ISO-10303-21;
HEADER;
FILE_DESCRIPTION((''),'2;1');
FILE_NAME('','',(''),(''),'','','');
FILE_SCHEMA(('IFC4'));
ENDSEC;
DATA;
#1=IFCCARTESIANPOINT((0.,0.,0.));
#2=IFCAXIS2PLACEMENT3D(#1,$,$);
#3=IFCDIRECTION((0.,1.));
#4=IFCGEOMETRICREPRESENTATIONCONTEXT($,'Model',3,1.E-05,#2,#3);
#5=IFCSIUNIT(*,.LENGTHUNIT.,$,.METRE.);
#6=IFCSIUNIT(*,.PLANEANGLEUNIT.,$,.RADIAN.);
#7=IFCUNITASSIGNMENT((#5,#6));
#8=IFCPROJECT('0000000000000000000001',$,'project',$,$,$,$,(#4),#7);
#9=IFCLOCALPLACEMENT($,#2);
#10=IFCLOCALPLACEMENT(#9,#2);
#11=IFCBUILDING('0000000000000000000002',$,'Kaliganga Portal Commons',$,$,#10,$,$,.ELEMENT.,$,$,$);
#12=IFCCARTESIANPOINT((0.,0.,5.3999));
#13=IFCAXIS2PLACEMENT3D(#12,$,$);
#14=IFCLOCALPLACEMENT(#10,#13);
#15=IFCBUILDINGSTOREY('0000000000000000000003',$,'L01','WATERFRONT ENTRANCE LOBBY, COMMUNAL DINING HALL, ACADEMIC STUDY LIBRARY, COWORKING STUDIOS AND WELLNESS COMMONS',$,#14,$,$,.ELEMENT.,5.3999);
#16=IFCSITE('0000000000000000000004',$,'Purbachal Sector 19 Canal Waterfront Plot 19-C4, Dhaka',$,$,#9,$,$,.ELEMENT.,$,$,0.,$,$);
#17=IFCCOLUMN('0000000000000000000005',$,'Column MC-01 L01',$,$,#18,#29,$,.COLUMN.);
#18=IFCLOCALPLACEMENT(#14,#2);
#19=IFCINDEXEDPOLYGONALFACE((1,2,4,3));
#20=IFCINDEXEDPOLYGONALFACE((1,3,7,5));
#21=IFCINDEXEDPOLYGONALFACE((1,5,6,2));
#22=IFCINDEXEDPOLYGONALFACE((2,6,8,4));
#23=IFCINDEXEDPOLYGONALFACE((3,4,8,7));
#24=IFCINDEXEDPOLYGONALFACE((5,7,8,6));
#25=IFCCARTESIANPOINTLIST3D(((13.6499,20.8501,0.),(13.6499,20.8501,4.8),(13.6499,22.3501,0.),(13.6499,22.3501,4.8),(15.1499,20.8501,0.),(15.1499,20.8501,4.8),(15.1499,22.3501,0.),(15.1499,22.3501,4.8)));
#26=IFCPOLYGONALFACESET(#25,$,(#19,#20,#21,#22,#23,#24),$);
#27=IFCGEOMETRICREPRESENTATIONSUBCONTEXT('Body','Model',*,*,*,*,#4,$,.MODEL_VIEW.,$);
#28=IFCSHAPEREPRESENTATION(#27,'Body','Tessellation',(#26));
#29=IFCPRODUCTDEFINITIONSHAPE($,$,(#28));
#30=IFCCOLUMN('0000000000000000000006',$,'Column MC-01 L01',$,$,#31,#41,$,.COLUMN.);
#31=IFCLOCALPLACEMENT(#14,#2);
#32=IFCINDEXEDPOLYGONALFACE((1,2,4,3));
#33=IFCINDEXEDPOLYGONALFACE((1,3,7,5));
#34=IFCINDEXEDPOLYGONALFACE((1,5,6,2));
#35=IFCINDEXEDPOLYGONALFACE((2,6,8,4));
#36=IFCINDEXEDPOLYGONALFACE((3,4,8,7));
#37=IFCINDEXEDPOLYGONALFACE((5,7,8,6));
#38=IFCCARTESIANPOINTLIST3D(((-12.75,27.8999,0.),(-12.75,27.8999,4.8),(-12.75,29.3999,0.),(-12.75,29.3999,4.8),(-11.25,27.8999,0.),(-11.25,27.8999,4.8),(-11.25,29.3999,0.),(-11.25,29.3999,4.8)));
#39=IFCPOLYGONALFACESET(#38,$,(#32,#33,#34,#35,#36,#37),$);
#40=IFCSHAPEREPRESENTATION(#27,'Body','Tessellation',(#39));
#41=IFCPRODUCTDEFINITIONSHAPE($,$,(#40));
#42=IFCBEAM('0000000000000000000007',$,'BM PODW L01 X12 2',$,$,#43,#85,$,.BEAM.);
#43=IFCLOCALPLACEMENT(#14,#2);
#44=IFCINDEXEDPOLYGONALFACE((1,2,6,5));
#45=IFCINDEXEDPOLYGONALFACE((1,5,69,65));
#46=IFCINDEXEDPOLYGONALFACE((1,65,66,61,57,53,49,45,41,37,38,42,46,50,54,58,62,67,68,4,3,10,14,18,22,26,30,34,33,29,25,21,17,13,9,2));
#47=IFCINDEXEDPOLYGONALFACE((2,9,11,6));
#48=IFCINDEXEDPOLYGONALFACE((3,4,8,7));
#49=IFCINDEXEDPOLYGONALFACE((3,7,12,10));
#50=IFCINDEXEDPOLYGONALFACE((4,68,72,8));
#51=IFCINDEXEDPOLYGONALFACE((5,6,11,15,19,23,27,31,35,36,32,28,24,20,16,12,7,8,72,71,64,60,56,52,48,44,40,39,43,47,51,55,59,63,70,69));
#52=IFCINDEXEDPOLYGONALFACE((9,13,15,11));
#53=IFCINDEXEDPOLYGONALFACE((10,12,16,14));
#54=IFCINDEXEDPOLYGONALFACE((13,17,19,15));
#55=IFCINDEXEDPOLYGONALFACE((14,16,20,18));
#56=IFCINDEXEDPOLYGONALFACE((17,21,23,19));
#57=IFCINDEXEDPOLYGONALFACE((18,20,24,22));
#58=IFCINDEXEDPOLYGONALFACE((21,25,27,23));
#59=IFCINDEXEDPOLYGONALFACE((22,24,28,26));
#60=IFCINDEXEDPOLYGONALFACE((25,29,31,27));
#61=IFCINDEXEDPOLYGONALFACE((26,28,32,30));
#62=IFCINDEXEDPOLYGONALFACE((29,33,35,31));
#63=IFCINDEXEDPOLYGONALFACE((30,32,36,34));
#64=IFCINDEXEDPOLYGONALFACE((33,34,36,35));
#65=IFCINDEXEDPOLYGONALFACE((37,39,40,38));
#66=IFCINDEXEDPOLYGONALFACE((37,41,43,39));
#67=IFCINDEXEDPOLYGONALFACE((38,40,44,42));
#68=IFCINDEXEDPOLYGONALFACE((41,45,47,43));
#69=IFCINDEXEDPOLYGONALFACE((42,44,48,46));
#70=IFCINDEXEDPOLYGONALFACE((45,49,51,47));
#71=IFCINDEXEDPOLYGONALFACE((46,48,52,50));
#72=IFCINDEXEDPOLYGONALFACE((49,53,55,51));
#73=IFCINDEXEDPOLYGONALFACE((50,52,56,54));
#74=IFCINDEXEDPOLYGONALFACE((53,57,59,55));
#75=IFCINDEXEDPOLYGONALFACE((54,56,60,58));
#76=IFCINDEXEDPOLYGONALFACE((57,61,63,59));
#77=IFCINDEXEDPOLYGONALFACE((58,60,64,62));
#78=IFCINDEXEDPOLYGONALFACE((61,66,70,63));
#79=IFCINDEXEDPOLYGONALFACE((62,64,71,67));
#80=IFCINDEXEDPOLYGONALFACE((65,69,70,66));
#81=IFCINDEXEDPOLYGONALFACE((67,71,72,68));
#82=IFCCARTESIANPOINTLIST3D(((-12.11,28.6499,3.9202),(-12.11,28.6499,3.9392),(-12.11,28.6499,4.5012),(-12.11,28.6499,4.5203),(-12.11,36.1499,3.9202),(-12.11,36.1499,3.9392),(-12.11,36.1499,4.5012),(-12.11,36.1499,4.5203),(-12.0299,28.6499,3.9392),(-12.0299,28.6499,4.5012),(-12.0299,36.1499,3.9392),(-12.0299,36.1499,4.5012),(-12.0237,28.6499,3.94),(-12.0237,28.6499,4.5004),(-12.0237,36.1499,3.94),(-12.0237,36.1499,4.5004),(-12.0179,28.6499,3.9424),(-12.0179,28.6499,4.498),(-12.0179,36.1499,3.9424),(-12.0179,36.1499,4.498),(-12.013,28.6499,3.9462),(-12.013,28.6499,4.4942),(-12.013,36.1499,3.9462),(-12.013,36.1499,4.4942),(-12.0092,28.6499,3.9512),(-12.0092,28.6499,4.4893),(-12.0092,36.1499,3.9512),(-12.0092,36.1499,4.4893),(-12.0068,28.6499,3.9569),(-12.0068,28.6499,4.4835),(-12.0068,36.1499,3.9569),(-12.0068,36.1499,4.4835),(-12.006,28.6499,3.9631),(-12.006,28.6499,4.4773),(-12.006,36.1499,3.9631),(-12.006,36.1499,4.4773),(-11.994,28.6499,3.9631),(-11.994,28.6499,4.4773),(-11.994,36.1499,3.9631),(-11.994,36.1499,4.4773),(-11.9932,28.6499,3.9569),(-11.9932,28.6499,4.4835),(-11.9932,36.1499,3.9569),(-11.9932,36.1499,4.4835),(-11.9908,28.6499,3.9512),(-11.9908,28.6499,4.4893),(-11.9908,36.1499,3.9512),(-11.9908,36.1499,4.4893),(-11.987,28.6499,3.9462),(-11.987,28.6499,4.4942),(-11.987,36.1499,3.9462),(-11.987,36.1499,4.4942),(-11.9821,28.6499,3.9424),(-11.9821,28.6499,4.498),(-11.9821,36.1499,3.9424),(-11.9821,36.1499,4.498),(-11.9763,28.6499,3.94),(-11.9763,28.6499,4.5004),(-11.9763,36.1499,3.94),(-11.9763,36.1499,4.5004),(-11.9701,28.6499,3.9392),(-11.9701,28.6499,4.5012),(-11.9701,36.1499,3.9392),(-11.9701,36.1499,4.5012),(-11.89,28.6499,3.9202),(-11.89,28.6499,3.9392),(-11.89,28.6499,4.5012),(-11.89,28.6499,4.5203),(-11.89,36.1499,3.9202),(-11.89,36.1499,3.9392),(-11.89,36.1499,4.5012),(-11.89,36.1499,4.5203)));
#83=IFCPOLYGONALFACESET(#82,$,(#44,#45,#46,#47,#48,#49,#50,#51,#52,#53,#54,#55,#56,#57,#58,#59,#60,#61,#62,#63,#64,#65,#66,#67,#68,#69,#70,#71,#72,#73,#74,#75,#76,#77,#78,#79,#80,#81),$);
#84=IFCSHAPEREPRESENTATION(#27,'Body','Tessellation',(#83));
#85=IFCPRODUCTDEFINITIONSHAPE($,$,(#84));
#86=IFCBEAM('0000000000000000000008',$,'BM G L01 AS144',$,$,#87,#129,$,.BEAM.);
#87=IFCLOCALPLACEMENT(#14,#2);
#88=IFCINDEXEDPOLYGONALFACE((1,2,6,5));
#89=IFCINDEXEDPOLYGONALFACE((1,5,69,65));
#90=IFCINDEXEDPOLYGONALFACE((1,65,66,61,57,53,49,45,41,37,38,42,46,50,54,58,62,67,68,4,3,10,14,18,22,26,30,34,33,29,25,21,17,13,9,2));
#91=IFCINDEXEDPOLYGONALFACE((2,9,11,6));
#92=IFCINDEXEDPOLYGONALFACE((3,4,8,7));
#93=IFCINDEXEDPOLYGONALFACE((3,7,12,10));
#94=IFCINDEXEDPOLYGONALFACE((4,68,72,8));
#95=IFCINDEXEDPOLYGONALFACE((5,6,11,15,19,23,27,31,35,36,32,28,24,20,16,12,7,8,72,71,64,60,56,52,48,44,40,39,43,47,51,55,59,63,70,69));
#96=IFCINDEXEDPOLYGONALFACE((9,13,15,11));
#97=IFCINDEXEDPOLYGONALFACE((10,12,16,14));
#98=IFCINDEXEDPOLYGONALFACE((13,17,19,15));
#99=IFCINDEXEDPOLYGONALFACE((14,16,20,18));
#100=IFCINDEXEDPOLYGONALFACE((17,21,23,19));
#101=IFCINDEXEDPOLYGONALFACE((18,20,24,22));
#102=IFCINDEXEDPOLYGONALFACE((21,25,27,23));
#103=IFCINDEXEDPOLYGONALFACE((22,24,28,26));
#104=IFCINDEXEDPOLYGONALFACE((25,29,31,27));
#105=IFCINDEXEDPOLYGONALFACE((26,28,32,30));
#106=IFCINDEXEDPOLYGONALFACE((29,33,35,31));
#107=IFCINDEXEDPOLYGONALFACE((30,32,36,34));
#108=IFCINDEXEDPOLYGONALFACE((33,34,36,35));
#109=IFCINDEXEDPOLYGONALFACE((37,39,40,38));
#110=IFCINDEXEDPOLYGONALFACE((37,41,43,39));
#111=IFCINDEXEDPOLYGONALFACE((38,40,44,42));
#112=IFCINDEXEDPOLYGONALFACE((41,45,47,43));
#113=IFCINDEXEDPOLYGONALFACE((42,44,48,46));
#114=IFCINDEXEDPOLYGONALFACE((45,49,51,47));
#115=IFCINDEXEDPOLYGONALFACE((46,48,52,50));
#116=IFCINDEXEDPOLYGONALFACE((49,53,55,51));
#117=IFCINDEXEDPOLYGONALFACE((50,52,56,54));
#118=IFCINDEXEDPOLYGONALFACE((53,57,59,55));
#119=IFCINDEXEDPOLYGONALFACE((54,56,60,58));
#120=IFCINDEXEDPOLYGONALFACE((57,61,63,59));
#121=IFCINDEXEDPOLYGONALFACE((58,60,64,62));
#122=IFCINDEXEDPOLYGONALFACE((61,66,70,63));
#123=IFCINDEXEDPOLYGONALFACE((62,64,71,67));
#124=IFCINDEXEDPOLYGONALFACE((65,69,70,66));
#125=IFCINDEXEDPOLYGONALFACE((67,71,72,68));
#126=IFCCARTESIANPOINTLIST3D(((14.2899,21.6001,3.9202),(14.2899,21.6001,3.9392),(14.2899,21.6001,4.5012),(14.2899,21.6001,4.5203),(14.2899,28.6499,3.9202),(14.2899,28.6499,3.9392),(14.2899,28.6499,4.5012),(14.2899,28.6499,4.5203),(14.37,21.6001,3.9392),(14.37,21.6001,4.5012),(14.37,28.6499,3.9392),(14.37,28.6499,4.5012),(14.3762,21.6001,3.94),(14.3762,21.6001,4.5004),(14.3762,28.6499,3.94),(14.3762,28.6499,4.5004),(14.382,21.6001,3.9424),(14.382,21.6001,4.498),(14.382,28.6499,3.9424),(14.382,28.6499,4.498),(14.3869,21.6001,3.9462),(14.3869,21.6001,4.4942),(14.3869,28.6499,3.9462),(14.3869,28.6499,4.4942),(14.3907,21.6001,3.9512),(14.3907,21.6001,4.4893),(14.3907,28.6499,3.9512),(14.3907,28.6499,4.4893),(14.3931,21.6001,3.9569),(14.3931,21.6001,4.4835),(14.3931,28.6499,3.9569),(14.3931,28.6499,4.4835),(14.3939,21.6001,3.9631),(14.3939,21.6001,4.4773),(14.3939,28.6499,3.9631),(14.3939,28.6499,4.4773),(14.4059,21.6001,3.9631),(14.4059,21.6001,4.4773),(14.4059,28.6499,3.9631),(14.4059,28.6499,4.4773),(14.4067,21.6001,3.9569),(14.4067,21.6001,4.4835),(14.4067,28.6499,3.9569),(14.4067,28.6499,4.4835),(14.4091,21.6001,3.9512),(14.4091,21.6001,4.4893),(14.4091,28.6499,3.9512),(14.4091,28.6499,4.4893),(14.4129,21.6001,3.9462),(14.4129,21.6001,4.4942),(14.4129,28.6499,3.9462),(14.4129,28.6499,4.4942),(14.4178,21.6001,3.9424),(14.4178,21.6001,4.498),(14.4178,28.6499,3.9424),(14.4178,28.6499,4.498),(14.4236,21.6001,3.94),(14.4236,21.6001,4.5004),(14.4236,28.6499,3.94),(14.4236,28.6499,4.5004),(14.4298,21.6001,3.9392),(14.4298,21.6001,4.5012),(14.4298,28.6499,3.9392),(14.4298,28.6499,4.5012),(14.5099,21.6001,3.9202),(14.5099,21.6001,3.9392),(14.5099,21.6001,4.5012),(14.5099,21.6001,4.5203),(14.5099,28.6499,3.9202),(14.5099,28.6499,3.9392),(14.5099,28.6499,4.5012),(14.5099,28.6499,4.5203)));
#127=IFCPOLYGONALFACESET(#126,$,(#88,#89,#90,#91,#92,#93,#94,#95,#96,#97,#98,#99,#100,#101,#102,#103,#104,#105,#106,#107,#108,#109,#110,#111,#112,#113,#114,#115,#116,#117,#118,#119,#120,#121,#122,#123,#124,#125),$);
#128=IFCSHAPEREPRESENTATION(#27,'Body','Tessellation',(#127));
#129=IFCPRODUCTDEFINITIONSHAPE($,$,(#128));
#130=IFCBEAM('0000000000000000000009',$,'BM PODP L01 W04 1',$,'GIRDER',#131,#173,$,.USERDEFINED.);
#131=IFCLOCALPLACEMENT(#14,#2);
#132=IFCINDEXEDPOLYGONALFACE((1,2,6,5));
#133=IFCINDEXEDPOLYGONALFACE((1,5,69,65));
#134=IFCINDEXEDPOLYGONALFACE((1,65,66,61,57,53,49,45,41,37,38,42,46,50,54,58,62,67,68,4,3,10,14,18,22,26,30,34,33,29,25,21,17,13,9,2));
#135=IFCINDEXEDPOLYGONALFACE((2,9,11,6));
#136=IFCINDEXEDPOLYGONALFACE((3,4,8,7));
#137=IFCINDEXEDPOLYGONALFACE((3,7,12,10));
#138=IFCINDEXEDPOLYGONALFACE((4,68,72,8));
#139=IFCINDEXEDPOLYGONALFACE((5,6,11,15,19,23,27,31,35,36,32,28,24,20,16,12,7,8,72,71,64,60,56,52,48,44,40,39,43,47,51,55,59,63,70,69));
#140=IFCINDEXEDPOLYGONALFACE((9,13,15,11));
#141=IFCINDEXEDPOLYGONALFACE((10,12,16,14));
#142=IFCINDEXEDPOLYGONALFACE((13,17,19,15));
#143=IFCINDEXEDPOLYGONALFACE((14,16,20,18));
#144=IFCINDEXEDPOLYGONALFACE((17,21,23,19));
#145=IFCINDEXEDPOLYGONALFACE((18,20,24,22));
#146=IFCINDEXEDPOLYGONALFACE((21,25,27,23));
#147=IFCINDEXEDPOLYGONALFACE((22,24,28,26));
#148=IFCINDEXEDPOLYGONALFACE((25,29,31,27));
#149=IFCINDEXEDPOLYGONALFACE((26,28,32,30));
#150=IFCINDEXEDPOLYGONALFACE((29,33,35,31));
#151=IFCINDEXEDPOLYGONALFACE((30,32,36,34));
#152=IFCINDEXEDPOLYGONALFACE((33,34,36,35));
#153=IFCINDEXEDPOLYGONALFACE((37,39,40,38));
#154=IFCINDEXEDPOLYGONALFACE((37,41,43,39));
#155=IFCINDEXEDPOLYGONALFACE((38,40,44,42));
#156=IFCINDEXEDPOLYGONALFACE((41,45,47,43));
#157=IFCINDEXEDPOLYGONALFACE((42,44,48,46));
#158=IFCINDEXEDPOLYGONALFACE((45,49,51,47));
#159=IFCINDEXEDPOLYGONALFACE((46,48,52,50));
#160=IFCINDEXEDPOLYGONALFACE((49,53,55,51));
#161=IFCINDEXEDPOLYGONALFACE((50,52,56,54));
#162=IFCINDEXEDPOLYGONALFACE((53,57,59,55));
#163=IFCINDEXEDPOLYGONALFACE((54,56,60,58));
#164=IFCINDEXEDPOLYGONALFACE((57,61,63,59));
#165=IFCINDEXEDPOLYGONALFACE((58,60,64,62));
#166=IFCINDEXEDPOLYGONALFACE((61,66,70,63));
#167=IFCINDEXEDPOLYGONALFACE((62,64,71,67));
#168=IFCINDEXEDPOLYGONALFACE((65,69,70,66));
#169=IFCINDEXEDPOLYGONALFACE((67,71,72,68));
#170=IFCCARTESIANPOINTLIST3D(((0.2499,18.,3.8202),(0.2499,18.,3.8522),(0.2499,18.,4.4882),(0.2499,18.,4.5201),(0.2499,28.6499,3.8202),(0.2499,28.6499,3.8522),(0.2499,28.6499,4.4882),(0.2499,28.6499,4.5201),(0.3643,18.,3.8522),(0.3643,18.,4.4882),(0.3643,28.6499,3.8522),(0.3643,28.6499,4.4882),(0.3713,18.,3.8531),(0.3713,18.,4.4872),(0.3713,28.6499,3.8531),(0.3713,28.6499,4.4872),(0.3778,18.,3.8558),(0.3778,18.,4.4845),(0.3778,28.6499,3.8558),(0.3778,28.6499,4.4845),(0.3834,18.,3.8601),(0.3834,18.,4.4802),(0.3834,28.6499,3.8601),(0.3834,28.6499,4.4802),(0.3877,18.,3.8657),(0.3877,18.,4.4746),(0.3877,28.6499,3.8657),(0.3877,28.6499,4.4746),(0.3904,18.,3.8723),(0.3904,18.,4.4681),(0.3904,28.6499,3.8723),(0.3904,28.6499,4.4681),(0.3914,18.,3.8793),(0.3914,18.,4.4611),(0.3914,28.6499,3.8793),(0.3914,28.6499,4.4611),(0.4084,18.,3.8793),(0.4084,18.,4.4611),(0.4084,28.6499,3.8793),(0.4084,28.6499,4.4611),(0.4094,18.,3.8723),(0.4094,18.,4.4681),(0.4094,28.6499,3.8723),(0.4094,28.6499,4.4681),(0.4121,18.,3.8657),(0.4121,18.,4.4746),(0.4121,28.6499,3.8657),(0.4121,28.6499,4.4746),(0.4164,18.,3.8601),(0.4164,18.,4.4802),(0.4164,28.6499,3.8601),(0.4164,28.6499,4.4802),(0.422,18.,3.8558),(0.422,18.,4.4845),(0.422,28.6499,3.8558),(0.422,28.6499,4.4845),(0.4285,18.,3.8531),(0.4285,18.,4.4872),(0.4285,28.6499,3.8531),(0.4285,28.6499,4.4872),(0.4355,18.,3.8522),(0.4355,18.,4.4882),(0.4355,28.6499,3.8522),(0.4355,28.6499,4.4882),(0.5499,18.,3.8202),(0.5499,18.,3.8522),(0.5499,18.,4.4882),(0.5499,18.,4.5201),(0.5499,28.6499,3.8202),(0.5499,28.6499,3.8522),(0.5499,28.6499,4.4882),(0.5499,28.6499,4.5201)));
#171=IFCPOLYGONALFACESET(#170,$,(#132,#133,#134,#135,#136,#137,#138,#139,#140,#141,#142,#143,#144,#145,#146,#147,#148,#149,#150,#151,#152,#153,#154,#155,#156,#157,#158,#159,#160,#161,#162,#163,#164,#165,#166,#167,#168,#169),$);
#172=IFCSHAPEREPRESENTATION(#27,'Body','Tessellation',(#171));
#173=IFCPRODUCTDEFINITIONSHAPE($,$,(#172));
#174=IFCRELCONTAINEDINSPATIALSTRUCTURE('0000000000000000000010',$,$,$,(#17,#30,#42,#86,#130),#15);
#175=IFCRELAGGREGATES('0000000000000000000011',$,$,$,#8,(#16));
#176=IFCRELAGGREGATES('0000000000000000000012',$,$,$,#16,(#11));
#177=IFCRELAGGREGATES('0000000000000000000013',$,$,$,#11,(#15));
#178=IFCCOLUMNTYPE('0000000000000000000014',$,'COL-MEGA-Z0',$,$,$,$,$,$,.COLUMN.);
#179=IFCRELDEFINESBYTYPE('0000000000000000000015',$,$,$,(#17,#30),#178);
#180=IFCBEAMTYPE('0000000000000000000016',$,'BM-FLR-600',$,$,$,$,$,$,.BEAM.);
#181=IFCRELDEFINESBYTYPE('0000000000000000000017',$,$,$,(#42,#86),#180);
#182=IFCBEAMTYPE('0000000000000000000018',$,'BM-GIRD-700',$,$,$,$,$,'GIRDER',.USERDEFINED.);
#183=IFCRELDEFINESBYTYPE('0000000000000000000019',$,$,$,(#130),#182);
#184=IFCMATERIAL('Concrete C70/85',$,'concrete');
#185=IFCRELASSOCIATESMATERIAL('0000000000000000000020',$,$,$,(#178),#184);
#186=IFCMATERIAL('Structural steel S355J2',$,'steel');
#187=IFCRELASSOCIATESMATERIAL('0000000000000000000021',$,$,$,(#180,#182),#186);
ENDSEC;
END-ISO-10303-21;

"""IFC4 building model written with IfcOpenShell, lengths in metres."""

from ifc_helpers import new_model, si_unit, direction, frame, origin, origin_2d, place, context, subcontext, project, spatial, rectangle, i_section, extrude, source, transform, mapped, material, material_profile, profile_set, type_object, element, save


model = new_model("IFC4")

# Units and contexts
model_context = context("Model", 3, precision=1e-05, world=origin(), true_north=direction((0.0, 1.0)))
body_context = subcontext(model_context, "Body", "Model", "MODEL_VIEW")
ifc_project = project(units=[si_unit("LENGTHUNIT", "METRE"), si_unit("PLANEANGLEUNIT", "RADIAN")], contexts=[model_context])

# Site, building, storey
site_placement = place(None, origin())
site = spatial("IfcSite", under=ifc_project, at=site_placement, Name="Purbachal Sector 19 Canal Waterfront Plot 19-C4, Dhaka", CompositionType="ELEMENT", RefElevation=0.0)
building_placement = place(site_placement, origin())
building = spatial("IfcBuilding", under=site, at=building_placement, Name="Kaliganga Portal Commons", CompositionType="ELEMENT")
storey_placement = place(building_placement, frame((0.0, 0.0, 5.3999)))
storey = spatial("IfcBuildingStorey", under=building, at=storey_placement, Name="L01", Description="WATERFRONT ENTRANCE LOBBY, COMMUNAL DINING HALL, ACADEMIC STUDY LIBRARY, COWORKING STUDIOS AND WELLNESS COMMONS", CompositionType="ELEMENT", Elevation=5.3999)

# Columns
ifc_material_1 = material(Name="Concrete C70/85", Category="concrete")
ifc_material_profile_1 = material_profile(ifc_material_1, rectangle(XDim=1.5, YDim=1.5, at=origin_2d()), Name="RC 1500x1500")
ifc_profile_set_1 = profile_set([ifc_material_profile_1], Name="Concrete C70/85")
column_type = type_object("IfcColumnType", Name="COL-MEGA-Z0", PredefinedType="COLUMN", material=ifc_profile_set_1)
shared_shape_1 = source(origin(), body_context, "Body", "SweptSolid", [
    extrude(rectangle(XDim=1.5, YDim=1.5, at=origin_2d()), origin(), (0.0, 0.0, 1.0), 4.8),
])
for number, where, z_axis, x_axis, name in (
    (1, (14.3999, 21.6001, 0.0), (0.0, 0.0, 1.0), (1.0, 0.0, 0.0), "Column MC-01 L01"),
    (2, (-12.0, 28.6499, 0.0), (0.0, 0.0, 1.0), (1.0, 0.0, 0.0), "Column MC-01 L01"),
):
    element("IfcColumn", number, at=place(storey_placement, frame(where, z_axis=z_axis, x_axis=x_axis)), inside=storey, type_object=column_type, Name=name, PredefinedType="COLUMN", context=body_context, shape_type="MappedRepresentation", body=[
        mapped(shared_shape_1, transform((0.0, 0.0, 0.0), x_axis=(1.0, 0.0, 0.0), y_axis=(0.0, 1.0, 0.0), z_axis=(0.0, 0.0, 1.0), scale=1.0)),
    ])

# Beams
ifc_material_2 = material(Name="Structural steel S355J2", Category="steel")
ifc_material_profile_2 = material_profile(ifc_material_2, i_section(OverallWidth=0.22, OverallDepth=0.6001, WebThickness=0.012, FlangeThickness=0.019, FilletRadius=0.0239, at=origin_2d()), Name="IPE 600")
ifc_profile_set_2 = profile_set([ifc_material_profile_2], Name="Structural steel S355J2 wide-flange")
beam_type_1 = type_object("IfcBeamType", Name="BM-FLR-600", PredefinedType="BEAM", material=ifc_profile_set_2)
shared_shape_2 = source(origin(), body_context, "Body", "SweptSolid", [
    extrude(i_section(OverallWidth=0.22, OverallDepth=0.6001, WebThickness=0.012, FlangeThickness=0.019, FilletRadius=0.0239, at=origin_2d()), origin(), (0.0, 0.0, 1.0), 7.5),
])
beam_1_placement = place(storey_placement, frame((-12.0, 28.6499, 4.2202), z_axis=(0.0, 1.0, 0.0), x_axis=(-1.0, 0.0, 0.0)))
element("IfcBeam", 3, at=beam_1_placement, inside=storey, type_object=beam_type_1, Name="BM PODW L01 X12 2", PredefinedType="BEAM", context=body_context, shape_type="MappedRepresentation", body=[
    mapped(shared_shape_2, transform((0.0, 0.0, 0.0), x_axis=(1.0, 0.0, 0.0), y_axis=(0.0, 1.0, 0.0), z_axis=(0.0, 0.0, 1.0), scale=1.0)),
])
shared_shape_3 = source(origin(), body_context, "Body", "SweptSolid", [
    extrude(i_section(OverallWidth=0.22, OverallDepth=0.6001, WebThickness=0.012, FlangeThickness=0.019, FilletRadius=0.0239, at=origin_2d()), origin(), (0.0, 0.0, 1.0), 7.0498),
])
beam_2_placement = place(storey_placement, frame((14.3999, 21.6001, 4.2202), z_axis=(0.0, 1.0, 0.0), x_axis=(-1.0, 0.0, 0.0)))
element("IfcBeam", 4, at=beam_2_placement, inside=storey, type_object=beam_type_1, Name="BM G L01 AS144", PredefinedType="BEAM", context=body_context, shape_type="MappedRepresentation", body=[
    mapped(shared_shape_3, transform((0.0, 0.0, 0.0), x_axis=(1.0, 0.0, 0.0), y_axis=(0.0, 1.0, 0.0), z_axis=(0.0, 0.0, 1.0), scale=1.0)),
])
ifc_material_profile_3 = material_profile(ifc_material_2, i_section(OverallWidth=0.3, OverallDepth=0.7, WebThickness=0.0171, FlangeThickness=0.032, FilletRadius=0.0271, at=origin_2d()), Name="HE 700 B")
ifc_profile_set_3 = profile_set([ifc_material_profile_3], Name="Structural steel S355J2 wide-flange")
beam_type_2 = type_object("IfcBeamType", Name="BM-GIRD-700", ElementType="GIRDER", PredefinedType="USERDEFINED", material=ifc_profile_set_3)
shared_shape_4 = source(origin(), body_context, "Body", "SweptSolid", [
    extrude(i_section(OverallWidth=0.3, OverallDepth=0.7, WebThickness=0.0171, FlangeThickness=0.032, FilletRadius=0.0271, at=origin_2d()), origin(), (0.0, 0.0, 1.0), 10.6499),
])
beam_3_placement = place(storey_placement, frame((0.3999, 18.0, 4.1702), z_axis=(0.0, 1.0, 0.0), x_axis=(-1.0, 0.0, 0.0)))
element("IfcBeam", 5, at=beam_3_placement, inside=storey, type_object=beam_type_2, Name="BM PODP L01 W04 1", ObjectType="GIRDER", PredefinedType="USERDEFINED", context=body_context, shape_type="MappedRepresentation", body=[
    mapped(shared_shape_4, transform((0.0, 0.0, 0.0), x_axis=(1.0, 0.0, 0.0), y_axis=(0.0, 1.0, 0.0), z_axis=(0.0, 0.0, 1.0), scale=1.0)),
])

save(model, "model.ifc")
